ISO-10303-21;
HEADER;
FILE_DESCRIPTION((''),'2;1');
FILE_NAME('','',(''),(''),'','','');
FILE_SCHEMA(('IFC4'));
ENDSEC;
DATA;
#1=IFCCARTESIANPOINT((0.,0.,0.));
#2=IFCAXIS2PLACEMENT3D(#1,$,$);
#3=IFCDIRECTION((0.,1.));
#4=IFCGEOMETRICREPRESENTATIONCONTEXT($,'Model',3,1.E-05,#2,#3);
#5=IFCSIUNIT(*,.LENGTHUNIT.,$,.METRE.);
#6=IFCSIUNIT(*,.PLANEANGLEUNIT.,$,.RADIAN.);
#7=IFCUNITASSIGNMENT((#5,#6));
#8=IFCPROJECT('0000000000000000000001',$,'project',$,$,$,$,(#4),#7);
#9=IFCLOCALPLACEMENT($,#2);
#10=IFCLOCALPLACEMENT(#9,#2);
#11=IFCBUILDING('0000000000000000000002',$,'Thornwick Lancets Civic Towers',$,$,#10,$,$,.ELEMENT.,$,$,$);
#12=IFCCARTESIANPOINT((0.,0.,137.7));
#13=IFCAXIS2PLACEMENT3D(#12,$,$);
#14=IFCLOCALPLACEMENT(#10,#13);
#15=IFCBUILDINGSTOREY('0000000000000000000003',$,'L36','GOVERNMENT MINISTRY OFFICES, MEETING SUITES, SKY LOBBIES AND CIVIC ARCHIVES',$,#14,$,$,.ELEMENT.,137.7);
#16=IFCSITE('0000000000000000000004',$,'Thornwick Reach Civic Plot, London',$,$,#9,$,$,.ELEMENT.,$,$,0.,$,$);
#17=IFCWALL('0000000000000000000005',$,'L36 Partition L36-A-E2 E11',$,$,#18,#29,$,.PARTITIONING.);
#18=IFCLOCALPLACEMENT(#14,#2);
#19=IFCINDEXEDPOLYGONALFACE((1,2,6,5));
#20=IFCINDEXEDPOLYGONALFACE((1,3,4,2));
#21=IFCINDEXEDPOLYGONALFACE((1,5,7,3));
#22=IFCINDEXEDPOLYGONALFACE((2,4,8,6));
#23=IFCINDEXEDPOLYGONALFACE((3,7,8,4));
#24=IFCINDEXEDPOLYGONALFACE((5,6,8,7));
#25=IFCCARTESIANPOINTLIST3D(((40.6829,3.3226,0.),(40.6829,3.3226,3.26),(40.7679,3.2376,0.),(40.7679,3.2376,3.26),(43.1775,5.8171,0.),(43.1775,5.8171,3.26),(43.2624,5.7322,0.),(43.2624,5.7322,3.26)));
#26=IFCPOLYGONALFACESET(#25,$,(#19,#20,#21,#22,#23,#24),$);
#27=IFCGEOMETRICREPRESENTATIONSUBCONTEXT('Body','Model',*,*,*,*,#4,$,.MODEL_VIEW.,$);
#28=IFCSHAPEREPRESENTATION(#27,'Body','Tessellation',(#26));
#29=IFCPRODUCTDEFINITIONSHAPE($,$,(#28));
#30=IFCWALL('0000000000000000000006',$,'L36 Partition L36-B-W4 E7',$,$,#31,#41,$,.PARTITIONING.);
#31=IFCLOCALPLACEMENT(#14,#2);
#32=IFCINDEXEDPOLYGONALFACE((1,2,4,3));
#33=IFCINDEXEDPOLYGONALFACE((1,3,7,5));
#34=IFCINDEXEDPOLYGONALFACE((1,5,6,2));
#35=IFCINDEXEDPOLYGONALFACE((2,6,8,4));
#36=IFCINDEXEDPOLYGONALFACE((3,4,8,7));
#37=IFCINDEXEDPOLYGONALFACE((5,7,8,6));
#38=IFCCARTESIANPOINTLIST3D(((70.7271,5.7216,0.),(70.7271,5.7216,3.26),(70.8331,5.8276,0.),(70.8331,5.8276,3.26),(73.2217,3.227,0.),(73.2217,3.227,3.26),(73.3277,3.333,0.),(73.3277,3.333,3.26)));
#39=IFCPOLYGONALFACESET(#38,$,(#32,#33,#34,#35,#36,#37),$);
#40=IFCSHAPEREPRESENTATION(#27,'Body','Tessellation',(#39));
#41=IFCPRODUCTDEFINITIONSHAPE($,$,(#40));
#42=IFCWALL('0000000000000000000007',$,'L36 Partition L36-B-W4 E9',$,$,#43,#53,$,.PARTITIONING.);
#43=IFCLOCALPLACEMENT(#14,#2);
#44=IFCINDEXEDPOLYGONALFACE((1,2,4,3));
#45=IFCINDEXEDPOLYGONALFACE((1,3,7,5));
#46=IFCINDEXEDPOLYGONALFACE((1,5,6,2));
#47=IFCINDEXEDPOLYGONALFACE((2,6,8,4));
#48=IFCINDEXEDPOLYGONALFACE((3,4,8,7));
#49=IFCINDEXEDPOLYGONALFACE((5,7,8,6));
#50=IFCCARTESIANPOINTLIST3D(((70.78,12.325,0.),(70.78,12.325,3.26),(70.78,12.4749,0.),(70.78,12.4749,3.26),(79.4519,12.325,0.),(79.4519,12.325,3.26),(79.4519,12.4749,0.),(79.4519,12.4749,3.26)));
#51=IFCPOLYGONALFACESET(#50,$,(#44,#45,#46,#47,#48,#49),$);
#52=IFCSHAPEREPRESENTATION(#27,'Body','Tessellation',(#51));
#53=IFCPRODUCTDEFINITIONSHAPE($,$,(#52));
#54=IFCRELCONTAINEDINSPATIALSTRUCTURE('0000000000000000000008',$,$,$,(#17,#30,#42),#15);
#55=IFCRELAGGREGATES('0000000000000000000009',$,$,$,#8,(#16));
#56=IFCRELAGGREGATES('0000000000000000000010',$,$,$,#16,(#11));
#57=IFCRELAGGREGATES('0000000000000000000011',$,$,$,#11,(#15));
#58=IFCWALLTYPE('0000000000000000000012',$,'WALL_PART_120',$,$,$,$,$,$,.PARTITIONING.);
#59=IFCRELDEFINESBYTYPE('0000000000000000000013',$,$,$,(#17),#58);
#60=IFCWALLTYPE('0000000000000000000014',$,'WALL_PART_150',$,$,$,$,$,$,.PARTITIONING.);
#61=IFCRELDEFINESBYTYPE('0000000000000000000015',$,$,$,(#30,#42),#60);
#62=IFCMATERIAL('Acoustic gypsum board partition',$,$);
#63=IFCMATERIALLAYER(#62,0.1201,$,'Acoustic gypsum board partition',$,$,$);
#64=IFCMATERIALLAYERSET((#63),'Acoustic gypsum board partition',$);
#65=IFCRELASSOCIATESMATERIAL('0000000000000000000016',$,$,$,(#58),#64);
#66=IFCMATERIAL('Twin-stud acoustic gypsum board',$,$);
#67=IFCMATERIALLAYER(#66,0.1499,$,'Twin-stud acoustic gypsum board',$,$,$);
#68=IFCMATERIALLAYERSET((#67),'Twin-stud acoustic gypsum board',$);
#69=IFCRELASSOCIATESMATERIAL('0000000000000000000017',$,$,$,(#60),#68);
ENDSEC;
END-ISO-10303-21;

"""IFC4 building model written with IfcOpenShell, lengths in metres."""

from ifc_helpers import new_model, si_unit, direction, frame, frame_2d, origin, place, context, subcontext, project, spatial, rectangle, extrude, material, layer, layer_set, type_object, element, save


model = new_model("IFC4")

# Units and contexts
model_context = context("Model", 3, precision=1e-05, world=origin(), true_north=direction((0.0, 1.0)))
body_context = subcontext(model_context, "Body", "Model", "MODEL_VIEW")
ifc_project = project(units=[si_unit("LENGTHUNIT", "METRE"), si_unit("PLANEANGLEUNIT", "RADIAN")], contexts=[model_context])

# Site, building, storey
site_placement = place(None, origin())
site = spatial("IfcSite", under=ifc_project, at=site_placement, Name="Thornwick Reach Civic Plot, London", CompositionType="ELEMENT", RefElevation=0.0)
building_placement = place(site_placement, origin())
building = spatial("IfcBuilding", under=site, at=building_placement, Name="Thornwick Lancets Civic Towers", CompositionType="ELEMENT")
storey_placement = place(building_placement, frame((0.0, 0.0, 137.7)))
storey = spatial("IfcBuildingStorey", under=building, at=storey_placement, Name="L36", Description="GOVERNMENT MINISTRY OFFICES, MEETING SUITES, SKY LOBBIES AND CIVIC ARCHIVES", CompositionType="ELEMENT", Elevation=137.7)

# Walls
ifc_material_1 = material(Name="Acoustic gypsum board partition")
ifc_layer_1 = layer(ifc_material_1, 0.1201, Name="Acoustic gypsum board partition")
ifc_layer_set_1 = layer_set([ifc_layer_1], Name="Acoustic gypsum board partition")
wall_type_1 = type_object("IfcWallType", Name="WALL_PART_120", PredefinedType="PARTITIONING", material=ifc_layer_set_1)
wall_1_placement = place(storey_placement, frame((43.22, 5.7747, 0.0), z_axis=(0.0, 0.0, 1.0), x_axis=(-0.707107, -0.707107, 0.0)))
element("IfcWall", 1, at=wall_1_placement, inside=storey, type_object=wall_type_1, Name="L36 Partition L36-A-E2 E11", PredefinedType="PARTITIONING", context=body_context, shape_type="SweptSolid", body=[
    extrude(rectangle(XDim=3.5278, YDim=0.1201, at=frame_2d((1.7639, 0.0))), origin(), (0.0, 0.0, 1.0), 3.26),
])
ifc_material_2 = material(Name="Twin-stud acoustic gypsum board")
ifc_layer_2 = layer(ifc_material_2, 0.1499, Name="Twin-stud acoustic gypsum board")
ifc_layer_set_2 = layer_set([ifc_layer_2], Name="Twin-stud acoustic gypsum board")
wall_type_2 = type_object("IfcWallType", Name="WALL_PART_150", PredefinedType="PARTITIONING", material=ifc_layer_set_2)
wall_2_placement = place(storey_placement, frame((73.2747, 3.28, 0.0), z_axis=(0.0, 0.0, 1.0), x_axis=(-0.707107, 0.707107, 0.0)))
element("IfcWall", 2, at=wall_2_placement, inside=storey, type_object=wall_type_2, Name="L36 Partition L36-B-W4 E7", PredefinedType="PARTITIONING", context=body_context, shape_type="SweptSolid", body=[
    extrude(rectangle(XDim=3.5278, YDim=0.1499, at=frame_2d((1.7639, 0.0))), origin(), (0.0, 0.0, 1.0), 3.26),
])
wall_3_placement = place(storey_placement, frame((70.78, 12.3999, 0.0), z_axis=(0.0, 0.0, 1.0), x_axis=(1.0, 0.0, 0.0)))
element("IfcWall", 3, at=wall_3_placement, inside=storey, type_object=wall_type_2, Name="L36 Partition L36-B-W4 E9", PredefinedType="PARTITIONING", context=body_context, shape_type="SweptSolid", body=[
    extrude(rectangle(XDim=8.6719, YDim=0.1499, at=frame_2d((4.3359, 0.0))), origin(), (0.0, 0.0, 1.0), 3.26),
])

save(model, "model.ifc")
